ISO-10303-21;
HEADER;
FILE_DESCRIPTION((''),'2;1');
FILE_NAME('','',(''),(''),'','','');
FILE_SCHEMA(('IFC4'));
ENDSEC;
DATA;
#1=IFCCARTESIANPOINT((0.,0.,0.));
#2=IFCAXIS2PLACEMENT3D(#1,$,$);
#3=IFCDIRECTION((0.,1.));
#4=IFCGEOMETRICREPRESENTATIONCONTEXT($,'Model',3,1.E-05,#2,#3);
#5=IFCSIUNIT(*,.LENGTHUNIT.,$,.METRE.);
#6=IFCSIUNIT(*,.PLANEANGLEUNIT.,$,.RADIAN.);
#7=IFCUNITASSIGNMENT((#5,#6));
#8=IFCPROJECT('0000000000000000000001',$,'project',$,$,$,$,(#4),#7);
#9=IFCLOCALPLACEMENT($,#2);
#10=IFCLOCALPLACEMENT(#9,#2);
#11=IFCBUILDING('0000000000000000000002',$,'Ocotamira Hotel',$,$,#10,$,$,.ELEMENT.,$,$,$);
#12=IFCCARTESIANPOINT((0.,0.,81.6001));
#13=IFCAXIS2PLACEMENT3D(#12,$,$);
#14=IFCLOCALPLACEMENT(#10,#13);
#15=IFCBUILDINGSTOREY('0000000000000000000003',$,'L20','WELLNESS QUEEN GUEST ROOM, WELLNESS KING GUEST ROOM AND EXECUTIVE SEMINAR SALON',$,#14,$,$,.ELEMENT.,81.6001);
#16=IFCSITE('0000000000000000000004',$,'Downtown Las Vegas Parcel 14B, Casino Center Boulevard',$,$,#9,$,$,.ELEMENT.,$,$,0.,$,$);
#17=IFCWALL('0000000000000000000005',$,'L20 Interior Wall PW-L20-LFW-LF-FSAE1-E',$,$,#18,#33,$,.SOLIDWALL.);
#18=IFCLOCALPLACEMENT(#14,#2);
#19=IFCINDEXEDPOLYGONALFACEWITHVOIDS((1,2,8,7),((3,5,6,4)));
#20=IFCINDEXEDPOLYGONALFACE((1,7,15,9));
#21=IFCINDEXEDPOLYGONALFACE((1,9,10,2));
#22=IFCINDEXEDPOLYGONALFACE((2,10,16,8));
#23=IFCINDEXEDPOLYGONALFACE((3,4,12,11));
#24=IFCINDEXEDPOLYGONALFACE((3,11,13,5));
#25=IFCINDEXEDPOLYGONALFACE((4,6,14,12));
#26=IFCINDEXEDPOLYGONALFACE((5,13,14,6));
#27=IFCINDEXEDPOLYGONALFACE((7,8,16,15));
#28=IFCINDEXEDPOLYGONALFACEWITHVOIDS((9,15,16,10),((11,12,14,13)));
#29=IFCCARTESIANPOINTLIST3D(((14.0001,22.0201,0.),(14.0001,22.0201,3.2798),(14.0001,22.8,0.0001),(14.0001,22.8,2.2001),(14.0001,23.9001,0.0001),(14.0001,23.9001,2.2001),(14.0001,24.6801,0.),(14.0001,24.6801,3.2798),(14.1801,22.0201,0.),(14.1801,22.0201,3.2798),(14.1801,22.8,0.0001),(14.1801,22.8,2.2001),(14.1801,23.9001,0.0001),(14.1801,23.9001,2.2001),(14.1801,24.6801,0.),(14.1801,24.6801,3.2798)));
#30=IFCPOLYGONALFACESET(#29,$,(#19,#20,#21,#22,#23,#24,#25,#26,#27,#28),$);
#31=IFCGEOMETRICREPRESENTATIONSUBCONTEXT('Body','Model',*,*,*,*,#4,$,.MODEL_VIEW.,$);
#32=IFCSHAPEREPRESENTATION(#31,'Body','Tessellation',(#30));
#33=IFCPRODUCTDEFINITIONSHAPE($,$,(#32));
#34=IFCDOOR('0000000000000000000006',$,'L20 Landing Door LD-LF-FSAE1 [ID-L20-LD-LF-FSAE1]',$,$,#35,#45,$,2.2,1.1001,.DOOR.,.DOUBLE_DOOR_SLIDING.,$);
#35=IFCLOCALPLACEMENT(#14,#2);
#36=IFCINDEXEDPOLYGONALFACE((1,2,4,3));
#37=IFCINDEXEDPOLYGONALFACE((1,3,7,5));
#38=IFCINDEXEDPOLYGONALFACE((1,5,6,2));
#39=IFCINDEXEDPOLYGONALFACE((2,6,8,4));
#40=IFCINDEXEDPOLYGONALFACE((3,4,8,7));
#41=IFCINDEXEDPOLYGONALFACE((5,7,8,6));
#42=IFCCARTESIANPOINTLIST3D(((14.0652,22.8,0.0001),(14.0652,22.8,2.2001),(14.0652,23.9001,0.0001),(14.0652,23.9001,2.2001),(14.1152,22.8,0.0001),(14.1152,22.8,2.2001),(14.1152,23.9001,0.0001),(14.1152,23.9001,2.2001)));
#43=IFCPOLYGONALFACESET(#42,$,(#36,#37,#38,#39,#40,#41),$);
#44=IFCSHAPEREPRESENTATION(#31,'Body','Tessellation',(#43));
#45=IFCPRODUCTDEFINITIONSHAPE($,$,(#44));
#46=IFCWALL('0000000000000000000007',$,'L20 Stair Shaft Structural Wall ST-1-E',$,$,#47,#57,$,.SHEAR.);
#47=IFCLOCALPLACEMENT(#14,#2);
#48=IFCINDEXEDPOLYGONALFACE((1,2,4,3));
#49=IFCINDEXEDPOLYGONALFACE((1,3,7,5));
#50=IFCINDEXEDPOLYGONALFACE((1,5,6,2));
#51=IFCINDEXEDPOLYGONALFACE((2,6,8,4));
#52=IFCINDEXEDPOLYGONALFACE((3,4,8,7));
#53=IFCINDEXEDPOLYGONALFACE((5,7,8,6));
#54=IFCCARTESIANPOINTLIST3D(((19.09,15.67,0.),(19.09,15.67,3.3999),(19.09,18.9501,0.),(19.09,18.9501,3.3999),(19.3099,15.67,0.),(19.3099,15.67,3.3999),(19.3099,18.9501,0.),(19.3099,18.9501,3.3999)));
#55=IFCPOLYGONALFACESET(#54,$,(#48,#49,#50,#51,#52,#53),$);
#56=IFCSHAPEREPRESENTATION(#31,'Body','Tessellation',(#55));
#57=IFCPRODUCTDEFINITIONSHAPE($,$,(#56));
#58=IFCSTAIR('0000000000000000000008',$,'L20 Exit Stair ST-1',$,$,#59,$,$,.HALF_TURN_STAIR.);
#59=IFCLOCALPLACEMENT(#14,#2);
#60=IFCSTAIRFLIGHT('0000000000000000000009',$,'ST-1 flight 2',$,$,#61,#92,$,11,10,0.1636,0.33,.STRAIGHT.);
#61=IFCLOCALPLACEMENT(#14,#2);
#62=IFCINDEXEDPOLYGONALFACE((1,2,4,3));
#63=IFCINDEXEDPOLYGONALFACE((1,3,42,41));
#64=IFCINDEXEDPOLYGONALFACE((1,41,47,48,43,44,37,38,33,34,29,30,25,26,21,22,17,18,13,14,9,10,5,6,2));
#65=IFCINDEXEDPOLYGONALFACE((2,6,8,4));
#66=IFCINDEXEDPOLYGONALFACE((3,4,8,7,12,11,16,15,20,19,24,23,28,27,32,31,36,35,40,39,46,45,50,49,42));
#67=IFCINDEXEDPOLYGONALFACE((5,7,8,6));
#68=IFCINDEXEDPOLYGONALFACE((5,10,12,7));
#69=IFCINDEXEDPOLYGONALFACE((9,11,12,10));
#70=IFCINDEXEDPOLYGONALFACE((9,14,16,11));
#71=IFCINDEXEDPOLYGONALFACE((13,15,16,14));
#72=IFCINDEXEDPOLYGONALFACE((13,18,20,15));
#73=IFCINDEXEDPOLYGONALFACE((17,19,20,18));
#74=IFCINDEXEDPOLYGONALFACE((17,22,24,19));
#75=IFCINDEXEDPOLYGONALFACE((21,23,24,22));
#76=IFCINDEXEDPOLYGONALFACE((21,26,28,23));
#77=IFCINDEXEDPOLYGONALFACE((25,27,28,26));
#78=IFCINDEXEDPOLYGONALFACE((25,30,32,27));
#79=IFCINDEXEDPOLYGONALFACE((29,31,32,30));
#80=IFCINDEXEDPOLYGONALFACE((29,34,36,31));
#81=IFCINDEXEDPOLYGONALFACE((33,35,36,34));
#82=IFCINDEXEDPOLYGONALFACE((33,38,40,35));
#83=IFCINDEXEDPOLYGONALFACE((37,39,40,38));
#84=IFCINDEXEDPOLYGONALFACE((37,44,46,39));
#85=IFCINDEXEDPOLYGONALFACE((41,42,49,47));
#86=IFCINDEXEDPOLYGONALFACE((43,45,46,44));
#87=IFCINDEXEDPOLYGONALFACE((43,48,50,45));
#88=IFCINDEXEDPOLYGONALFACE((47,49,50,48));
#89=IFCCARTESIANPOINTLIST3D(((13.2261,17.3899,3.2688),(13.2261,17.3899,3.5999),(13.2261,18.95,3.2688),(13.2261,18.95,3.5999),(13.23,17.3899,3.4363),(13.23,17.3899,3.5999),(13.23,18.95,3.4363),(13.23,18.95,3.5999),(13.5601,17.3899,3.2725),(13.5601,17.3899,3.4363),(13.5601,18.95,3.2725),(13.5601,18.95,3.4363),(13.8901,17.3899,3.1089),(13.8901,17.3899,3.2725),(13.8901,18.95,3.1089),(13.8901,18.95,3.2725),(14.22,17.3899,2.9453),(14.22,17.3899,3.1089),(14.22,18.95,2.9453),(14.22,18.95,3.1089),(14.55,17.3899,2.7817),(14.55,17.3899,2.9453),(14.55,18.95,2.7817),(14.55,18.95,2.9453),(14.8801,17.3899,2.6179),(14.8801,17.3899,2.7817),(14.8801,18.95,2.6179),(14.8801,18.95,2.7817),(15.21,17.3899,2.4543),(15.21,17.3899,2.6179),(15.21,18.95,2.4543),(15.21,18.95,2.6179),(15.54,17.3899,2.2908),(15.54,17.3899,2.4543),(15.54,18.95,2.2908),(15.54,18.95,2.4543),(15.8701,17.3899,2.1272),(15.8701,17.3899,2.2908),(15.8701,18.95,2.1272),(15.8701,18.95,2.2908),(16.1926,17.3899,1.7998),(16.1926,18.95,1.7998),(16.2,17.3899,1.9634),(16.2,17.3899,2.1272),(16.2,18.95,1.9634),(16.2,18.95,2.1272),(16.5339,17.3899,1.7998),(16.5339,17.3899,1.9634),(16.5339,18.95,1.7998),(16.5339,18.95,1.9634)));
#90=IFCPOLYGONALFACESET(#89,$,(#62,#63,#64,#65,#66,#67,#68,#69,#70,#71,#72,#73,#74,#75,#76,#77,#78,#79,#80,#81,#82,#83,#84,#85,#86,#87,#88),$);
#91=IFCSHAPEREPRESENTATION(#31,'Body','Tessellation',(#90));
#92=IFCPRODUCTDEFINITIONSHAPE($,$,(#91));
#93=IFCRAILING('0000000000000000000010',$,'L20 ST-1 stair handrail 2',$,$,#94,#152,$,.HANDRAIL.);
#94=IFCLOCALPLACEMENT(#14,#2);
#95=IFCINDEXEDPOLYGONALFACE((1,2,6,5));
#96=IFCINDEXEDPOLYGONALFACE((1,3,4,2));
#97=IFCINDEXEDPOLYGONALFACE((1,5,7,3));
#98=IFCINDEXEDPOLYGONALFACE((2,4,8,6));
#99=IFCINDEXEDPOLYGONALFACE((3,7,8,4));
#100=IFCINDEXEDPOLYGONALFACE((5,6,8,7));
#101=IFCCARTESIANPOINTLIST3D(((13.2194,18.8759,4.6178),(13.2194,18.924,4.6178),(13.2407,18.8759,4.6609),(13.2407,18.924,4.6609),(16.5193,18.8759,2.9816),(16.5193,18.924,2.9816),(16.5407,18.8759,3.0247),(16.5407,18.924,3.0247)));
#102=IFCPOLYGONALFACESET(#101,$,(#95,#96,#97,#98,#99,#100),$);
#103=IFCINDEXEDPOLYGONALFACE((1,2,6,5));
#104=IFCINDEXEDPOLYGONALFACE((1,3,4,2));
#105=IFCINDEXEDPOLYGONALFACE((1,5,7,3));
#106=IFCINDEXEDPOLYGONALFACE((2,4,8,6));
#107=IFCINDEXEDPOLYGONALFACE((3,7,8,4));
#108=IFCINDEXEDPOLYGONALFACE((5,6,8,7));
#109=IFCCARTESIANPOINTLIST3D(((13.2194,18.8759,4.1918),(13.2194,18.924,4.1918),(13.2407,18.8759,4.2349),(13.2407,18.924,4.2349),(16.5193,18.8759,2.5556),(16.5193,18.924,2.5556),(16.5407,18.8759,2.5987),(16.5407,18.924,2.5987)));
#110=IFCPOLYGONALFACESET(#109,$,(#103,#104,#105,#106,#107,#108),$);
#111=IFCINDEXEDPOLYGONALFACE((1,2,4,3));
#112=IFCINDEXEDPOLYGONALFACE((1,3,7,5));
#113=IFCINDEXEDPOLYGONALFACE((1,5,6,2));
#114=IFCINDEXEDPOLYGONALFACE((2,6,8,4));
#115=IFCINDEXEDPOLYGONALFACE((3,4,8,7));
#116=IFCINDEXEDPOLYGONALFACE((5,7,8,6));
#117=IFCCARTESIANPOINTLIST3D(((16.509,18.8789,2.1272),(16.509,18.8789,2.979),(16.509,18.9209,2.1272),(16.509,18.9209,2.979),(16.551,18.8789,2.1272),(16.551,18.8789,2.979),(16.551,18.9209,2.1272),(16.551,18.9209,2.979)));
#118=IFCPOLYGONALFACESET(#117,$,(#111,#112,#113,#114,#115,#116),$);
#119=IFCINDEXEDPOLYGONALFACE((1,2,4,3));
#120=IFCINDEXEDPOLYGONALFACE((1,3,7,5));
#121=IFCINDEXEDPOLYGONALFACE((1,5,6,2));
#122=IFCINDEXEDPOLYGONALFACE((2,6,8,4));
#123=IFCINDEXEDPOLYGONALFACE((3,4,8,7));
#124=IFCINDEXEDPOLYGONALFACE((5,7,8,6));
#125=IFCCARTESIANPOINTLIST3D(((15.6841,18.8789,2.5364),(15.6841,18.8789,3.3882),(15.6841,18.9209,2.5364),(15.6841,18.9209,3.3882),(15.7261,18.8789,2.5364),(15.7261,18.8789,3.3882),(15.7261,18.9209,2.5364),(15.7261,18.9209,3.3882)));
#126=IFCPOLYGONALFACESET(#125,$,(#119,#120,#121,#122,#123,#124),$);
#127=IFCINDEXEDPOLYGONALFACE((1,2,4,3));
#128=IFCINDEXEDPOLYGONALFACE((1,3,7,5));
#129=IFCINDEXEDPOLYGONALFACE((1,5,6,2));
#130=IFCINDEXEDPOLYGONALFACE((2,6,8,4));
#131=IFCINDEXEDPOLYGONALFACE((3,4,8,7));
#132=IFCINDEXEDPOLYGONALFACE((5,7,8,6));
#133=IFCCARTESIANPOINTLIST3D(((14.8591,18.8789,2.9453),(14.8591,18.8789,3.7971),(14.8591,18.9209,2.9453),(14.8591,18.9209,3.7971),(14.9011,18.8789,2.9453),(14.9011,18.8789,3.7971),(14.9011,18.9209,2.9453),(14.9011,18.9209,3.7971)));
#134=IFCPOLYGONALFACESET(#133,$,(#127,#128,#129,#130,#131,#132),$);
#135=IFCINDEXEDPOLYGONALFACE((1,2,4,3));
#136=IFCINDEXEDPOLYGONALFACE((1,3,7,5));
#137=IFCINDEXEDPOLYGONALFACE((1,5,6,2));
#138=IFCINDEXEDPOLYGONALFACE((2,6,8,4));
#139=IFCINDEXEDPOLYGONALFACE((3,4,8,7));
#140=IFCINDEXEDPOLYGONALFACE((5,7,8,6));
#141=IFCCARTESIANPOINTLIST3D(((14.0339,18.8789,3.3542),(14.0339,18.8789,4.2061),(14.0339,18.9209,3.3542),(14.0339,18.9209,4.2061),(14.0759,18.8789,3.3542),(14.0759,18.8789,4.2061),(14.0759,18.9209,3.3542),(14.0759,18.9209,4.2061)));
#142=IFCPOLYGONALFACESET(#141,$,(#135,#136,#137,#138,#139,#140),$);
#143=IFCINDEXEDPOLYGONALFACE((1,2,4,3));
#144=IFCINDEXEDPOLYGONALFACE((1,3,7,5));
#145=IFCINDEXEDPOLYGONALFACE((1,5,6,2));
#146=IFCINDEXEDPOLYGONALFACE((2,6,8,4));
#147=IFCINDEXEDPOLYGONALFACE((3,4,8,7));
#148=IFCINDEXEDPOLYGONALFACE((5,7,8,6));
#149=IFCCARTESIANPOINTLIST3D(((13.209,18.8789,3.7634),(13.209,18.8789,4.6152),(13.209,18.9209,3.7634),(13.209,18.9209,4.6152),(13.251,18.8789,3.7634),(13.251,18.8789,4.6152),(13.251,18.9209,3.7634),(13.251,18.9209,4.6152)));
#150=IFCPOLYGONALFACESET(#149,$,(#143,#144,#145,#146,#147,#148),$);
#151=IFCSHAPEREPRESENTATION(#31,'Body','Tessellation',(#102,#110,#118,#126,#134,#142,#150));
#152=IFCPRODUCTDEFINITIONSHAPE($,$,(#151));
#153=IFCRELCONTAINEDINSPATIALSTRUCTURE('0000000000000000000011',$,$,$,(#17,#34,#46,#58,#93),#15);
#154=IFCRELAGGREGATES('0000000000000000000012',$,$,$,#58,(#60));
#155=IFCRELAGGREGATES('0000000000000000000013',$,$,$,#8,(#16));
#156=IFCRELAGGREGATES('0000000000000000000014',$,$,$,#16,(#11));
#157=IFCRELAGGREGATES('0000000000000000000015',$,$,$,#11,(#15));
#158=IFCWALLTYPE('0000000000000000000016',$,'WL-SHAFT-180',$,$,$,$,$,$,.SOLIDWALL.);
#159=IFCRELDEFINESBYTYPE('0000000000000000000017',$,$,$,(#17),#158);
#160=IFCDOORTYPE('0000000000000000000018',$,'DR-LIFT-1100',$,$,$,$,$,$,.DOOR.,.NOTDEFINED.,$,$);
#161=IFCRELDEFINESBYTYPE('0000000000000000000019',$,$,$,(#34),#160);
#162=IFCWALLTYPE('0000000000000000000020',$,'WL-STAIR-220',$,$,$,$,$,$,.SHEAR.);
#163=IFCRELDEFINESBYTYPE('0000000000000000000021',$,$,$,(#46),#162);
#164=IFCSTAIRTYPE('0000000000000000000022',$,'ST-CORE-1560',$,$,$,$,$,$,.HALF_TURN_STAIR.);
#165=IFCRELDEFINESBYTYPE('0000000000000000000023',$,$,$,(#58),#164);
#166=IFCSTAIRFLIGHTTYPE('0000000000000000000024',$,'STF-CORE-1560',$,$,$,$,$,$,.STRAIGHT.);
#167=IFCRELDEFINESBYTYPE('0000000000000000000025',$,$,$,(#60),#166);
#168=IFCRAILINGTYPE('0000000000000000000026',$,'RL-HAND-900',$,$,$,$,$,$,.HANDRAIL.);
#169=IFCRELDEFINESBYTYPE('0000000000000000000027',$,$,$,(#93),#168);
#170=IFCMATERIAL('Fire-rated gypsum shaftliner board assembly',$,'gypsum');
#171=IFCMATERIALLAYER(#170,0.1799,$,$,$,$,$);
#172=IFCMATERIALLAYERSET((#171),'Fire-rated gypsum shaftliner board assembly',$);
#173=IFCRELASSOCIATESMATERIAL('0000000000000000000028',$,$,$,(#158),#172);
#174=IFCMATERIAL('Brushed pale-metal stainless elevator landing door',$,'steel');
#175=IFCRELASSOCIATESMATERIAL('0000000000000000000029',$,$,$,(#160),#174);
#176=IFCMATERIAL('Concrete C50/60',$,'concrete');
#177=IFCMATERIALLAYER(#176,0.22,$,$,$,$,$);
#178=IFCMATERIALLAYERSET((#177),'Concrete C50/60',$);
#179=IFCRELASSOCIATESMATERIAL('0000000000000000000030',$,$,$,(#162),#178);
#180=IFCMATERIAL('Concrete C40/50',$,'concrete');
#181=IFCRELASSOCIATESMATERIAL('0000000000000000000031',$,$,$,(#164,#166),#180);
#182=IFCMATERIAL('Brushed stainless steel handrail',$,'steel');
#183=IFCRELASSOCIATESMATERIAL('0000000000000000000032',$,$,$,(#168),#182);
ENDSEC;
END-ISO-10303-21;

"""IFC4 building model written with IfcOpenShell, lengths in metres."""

from ifc_helpers import new_model, si_unit, direction, frame, frame_2d, origin, origin_2d, place, context, subcontext, project, spatial, polyline, rectangle, outline, extrude, source, transform, mapped, material, layer, layer_set, type_object, element, fill, aggregate, save


model = new_model("IFC4")

# Units and contexts
model_context = context("Model", 3, precision=1e-05, world=origin(), true_north=direction((0.0, 1.0)))
body_context = subcontext(model_context, "Body", "Model", "MODEL_VIEW")
ifc_project = project(units=[si_unit("LENGTHUNIT", "METRE"), si_unit("PLANEANGLEUNIT", "RADIAN")], contexts=[model_context])

# Site, building, storey
site_placement = place(None, origin())
site = spatial("IfcSite", under=ifc_project, at=site_placement, Name="Downtown Las Vegas Parcel 14B, Casino Center Boulevard", CompositionType="ELEMENT", RefElevation=0.0)
building_placement = place(site_placement, origin())
building = spatial("IfcBuilding", under=site, at=building_placement, Name="Ocotamira Hotel", CompositionType="ELEMENT")
storey_placement = place(building_placement, frame((0.0, 0.0, 81.6001)))
storey = spatial("IfcBuildingStorey", under=building, at=storey_placement, Name="L20", Description="WELLNESS QUEEN GUEST ROOM, WELLNESS KING GUEST ROOM AND EXECUTIVE SEMINAR SALON", CompositionType="ELEMENT", Elevation=81.6001)

# Shared definitions
ifc_material_1 = material(Name="Fire-rated gypsum shaftliner board assembly", Category="gypsum")
ifc_layer_1 = layer(ifc_material_1, 0.1799)
ifc_layer_set_1 = layer_set([ifc_layer_1], Name="Fire-rated gypsum shaftliner board assembly")
wall_type_1 = type_object("IfcWallType", Name="WL-SHAFT-180", PredefinedType="SOLIDWALL", material=ifc_layer_set_1)

# Wall, opening, door
wall_1_placement = place(storey_placement, frame((14.0901, 22.02, 0.0), z_axis=(0.0, 0.0, 1.0), x_axis=(0.0, 1.0, 0.0)))
wall_1 = element("IfcWall", 1, at=wall_1_placement, inside=storey, type_object=wall_type_1, Name="L20 Interior Wall PW-L20-LFW-LF-FSAE1-E", PredefinedType="SOLIDWALL", context=body_context, shape_type="SweptSolid", body=[
    extrude(rectangle(XDim=2.6599, YDim=0.1799, at=frame_2d((1.3301, 0.0))), origin(), (0.0, 0.0, 1.0), 3.2798),
])
opening_1_placement = place(wall_1_placement, frame((0.78, 0.0, 0.0)))
opening_1 = element("IfcOpeningElement", 2, at=opening_1_placement, cuts=wall_1, PredefinedType="OPENING", context=body_context, shape_type="SweptSolid", body=[
    extrude(rectangle(XDim=1.1001, YDim=2.2, at=frame_2d((0.55, 1.1001))), frame((0.0, 0.1001, 0.0), z_axis=(0.0, -1.0, 0.0), x_axis=(1.0, 0.0, 0.0)), (0.0, 0.0, 1.0), 0.2),
])
ifc_material_2 = material(Name="Brushed pale-metal stainless elevator landing door", Category="steel")
door_type_1 = type_object("IfcDoorType", Name="DR-LIFT-1100", OperationType="NOTDEFINED", PredefinedType="DOOR", material=ifc_material_2)
shared_shape_1 = source(origin(), body_context, "Body", "SweptSolid", [
    extrude(rectangle(XDim=1.1001, YDim=2.2, at=frame_2d((0.55, 1.1001))), frame((0.0, 0.0249, 0.0), z_axis=(0.0, -1.0, 0.0), x_axis=(1.0, 0.0, 0.0)), (0.0, 0.0, 1.0), 0.05),
])
door_1_placement = place(opening_1_placement, origin())
door_1 = element("IfcDoor", 3, at=door_1_placement, inside=storey, type_object=door_type_1, Name="L20 Landing Door LD-LF-FSAE1 [ID-L20-LD-LF-FSAE1]", OperationType="DOUBLE_DOOR_SLIDING", OverallHeight=2.2, OverallWidth=1.1001, PredefinedType="DOOR", context=body_context, shape_type="MappedRepresentation", body=[
    mapped(shared_shape_1, transform((0.0, 0.0, 0.0), scale=1.0)),
])
fill(opening_1, door_1)

# Wall
ifc_material_3 = material(Name="Concrete C50/60", Category="concrete")
ifc_layer_2 = layer(ifc_material_3, 0.22)
ifc_layer_set_2 = layer_set([ifc_layer_2], Name="Concrete C50/60")
wall_type_2 = type_object("IfcWallType", Name="WL-STAIR-220", PredefinedType="SHEAR", material=ifc_layer_set_2)
wall_2_placement = place(storey_placement, frame((19.2, 15.6699, 0.0), z_axis=(0.0, 0.0, 1.0), x_axis=(0.0, 1.0, 0.0)))
element("IfcWall", 4, at=wall_2_placement, inside=storey, type_object=wall_type_2, Name="L20 Stair Shaft Structural Wall ST-1-E", PredefinedType="SHEAR", context=body_context, shape_type="SweptSolid", body=[
    extrude(rectangle(XDim=3.28, YDim=0.22, at=frame_2d((1.6401, 0.0))), origin(), (0.0, 0.0, 1.0), 3.3999),
])

# Stair, stair flight
ifc_material_4 = material(Name="Concrete C40/50", Category="concrete")
stair_type = type_object("IfcStairType", Name="ST-CORE-1560", PredefinedType="HALF_TURN_STAIR", material=ifc_material_4)
stair_placement = place(storey_placement, origin())
stair = element("IfcStair", 5, at=stair_placement, inside=storey, type_object=stair_type, Name="L20 Exit Stair ST-1", PredefinedType="HALF_TURN_STAIR")
stair_flight_type = type_object("IfcStairFlightType", Name="STF-CORE-1560", PredefinedType="STRAIGHT", material=ifc_material_4)
shared_shape_2 = source(origin(), body_context, "Body", "SweptSolid", [
    extrude(outline(polyline([(-0.0039, 0.0), (-0.0039, 0.1636), (0.3301, 0.1636), (0.3301, 0.3274), (0.6599, 0.3274), (0.6599, 0.491), (0.99, 0.491), (0.99, 0.6545), (1.3201, 0.6545), (1.3201, 0.8181), (1.6499, 0.8181), (1.6499, 0.9819), (1.98, 0.9819), (1.98, 1.1455), (2.3101, 1.1455), (2.3101, 1.3091), (2.6399, 1.3091), (2.6399, 1.4727), (2.97, 1.4727), (2.97, 1.6365), (3.3, 1.6365), (3.3, 1.8), (3.304, 1.8), (3.304, 1.469), (0.3374, 0.0), (-0.0039, 0.0)])), frame((0.0, 0.78, 0.0), z_axis=(0.0, -1.0, 0.0), x_axis=(1.0, 0.0, 0.0)), (0.0, 0.0, 1.0), 1.5601),
])
stair_flight_placement = place(storey_placement, frame((16.53, 18.1699, 1.7998), z_axis=(0.0, 0.0, 1.0), x_axis=(-1.0, 0.0, 0.0)))
stair_flight = element("IfcStairFlight", 6, at=stair_flight_placement, type_object=stair_flight_type, Name="ST-1 flight 2", NumberOfRisers=11, NumberOfTreads=10, PredefinedType="STRAIGHT", RiserHeight=0.1636, TreadLength=0.33, context=body_context, shape_type="MappedRepresentation", body=[
    mapped(shared_shape_2, transform((0.0, 0.0, 0.0), scale=1.0)),
])
aggregate(stair, [stair_flight])

# Railing
ifc_material_5 = material(Name="Brushed stainless steel handrail", Category="steel")
railing_type_1 = type_object("IfcRailingType", Name="RL-HAND-900", PredefinedType="HANDRAIL", material=ifc_material_5)
railing_1_placement = place(storey_placement, frame((16.53, 18.8999, 2.1272)))
element("IfcRailing", 7, at=railing_1_placement, inside=storey, type_object=railing_type_1, Name="L20 ST-1 stair handrail 2", PredefinedType="HANDRAIL", context=body_context, shape_type="SweptSolid", body=[
    extrude(rectangle(XDim=0.0481, YDim=0.0481, at=origin_2d()), frame((0.0, 0.0, 0.876), z_axis=(-0.89592, 0.0, 0.444215), x_axis=(0.0, -1.0, 0.0)), (0.0, 0.0, 1.0), 3.6833),
    extrude(rectangle(XDim=0.0481, YDim=0.0481, at=origin_2d()), frame((0.0, 0.0, 0.45), z_axis=(-0.89592, 0.0, 0.444215), x_axis=(0.0, -1.0, 0.0)), (0.0, 0.0, 1.0), 3.6833),
    extrude(rectangle(XDim=0.042, YDim=0.042, at=origin_2d()), origin(), (0.0, 0.0, 1.0), 0.8518),
    extrude(rectangle(XDim=0.042, YDim=0.042, at=origin_2d()), frame((-0.825, 0.0, 0.4092)), (0.0, 0.0, 1.0), 0.8518),
    extrude(rectangle(XDim=0.042, YDim=0.042, at=origin_2d()), frame((-1.6499, 0.0, 0.8181)), (0.0, 0.0, 1.0), 0.8518),
    extrude(rectangle(XDim=0.042, YDim=0.042, at=origin_2d()), frame((-2.4751, 0.0, 1.2271)), (0.0, 0.0, 1.0), 0.8518),
    extrude(rectangle(XDim=0.042, YDim=0.042, at=origin_2d()), frame((-3.3, 0.0, 1.6362)), (0.0, 0.0, 1.0), 0.8518),
])

save(model, "model.ifc")
